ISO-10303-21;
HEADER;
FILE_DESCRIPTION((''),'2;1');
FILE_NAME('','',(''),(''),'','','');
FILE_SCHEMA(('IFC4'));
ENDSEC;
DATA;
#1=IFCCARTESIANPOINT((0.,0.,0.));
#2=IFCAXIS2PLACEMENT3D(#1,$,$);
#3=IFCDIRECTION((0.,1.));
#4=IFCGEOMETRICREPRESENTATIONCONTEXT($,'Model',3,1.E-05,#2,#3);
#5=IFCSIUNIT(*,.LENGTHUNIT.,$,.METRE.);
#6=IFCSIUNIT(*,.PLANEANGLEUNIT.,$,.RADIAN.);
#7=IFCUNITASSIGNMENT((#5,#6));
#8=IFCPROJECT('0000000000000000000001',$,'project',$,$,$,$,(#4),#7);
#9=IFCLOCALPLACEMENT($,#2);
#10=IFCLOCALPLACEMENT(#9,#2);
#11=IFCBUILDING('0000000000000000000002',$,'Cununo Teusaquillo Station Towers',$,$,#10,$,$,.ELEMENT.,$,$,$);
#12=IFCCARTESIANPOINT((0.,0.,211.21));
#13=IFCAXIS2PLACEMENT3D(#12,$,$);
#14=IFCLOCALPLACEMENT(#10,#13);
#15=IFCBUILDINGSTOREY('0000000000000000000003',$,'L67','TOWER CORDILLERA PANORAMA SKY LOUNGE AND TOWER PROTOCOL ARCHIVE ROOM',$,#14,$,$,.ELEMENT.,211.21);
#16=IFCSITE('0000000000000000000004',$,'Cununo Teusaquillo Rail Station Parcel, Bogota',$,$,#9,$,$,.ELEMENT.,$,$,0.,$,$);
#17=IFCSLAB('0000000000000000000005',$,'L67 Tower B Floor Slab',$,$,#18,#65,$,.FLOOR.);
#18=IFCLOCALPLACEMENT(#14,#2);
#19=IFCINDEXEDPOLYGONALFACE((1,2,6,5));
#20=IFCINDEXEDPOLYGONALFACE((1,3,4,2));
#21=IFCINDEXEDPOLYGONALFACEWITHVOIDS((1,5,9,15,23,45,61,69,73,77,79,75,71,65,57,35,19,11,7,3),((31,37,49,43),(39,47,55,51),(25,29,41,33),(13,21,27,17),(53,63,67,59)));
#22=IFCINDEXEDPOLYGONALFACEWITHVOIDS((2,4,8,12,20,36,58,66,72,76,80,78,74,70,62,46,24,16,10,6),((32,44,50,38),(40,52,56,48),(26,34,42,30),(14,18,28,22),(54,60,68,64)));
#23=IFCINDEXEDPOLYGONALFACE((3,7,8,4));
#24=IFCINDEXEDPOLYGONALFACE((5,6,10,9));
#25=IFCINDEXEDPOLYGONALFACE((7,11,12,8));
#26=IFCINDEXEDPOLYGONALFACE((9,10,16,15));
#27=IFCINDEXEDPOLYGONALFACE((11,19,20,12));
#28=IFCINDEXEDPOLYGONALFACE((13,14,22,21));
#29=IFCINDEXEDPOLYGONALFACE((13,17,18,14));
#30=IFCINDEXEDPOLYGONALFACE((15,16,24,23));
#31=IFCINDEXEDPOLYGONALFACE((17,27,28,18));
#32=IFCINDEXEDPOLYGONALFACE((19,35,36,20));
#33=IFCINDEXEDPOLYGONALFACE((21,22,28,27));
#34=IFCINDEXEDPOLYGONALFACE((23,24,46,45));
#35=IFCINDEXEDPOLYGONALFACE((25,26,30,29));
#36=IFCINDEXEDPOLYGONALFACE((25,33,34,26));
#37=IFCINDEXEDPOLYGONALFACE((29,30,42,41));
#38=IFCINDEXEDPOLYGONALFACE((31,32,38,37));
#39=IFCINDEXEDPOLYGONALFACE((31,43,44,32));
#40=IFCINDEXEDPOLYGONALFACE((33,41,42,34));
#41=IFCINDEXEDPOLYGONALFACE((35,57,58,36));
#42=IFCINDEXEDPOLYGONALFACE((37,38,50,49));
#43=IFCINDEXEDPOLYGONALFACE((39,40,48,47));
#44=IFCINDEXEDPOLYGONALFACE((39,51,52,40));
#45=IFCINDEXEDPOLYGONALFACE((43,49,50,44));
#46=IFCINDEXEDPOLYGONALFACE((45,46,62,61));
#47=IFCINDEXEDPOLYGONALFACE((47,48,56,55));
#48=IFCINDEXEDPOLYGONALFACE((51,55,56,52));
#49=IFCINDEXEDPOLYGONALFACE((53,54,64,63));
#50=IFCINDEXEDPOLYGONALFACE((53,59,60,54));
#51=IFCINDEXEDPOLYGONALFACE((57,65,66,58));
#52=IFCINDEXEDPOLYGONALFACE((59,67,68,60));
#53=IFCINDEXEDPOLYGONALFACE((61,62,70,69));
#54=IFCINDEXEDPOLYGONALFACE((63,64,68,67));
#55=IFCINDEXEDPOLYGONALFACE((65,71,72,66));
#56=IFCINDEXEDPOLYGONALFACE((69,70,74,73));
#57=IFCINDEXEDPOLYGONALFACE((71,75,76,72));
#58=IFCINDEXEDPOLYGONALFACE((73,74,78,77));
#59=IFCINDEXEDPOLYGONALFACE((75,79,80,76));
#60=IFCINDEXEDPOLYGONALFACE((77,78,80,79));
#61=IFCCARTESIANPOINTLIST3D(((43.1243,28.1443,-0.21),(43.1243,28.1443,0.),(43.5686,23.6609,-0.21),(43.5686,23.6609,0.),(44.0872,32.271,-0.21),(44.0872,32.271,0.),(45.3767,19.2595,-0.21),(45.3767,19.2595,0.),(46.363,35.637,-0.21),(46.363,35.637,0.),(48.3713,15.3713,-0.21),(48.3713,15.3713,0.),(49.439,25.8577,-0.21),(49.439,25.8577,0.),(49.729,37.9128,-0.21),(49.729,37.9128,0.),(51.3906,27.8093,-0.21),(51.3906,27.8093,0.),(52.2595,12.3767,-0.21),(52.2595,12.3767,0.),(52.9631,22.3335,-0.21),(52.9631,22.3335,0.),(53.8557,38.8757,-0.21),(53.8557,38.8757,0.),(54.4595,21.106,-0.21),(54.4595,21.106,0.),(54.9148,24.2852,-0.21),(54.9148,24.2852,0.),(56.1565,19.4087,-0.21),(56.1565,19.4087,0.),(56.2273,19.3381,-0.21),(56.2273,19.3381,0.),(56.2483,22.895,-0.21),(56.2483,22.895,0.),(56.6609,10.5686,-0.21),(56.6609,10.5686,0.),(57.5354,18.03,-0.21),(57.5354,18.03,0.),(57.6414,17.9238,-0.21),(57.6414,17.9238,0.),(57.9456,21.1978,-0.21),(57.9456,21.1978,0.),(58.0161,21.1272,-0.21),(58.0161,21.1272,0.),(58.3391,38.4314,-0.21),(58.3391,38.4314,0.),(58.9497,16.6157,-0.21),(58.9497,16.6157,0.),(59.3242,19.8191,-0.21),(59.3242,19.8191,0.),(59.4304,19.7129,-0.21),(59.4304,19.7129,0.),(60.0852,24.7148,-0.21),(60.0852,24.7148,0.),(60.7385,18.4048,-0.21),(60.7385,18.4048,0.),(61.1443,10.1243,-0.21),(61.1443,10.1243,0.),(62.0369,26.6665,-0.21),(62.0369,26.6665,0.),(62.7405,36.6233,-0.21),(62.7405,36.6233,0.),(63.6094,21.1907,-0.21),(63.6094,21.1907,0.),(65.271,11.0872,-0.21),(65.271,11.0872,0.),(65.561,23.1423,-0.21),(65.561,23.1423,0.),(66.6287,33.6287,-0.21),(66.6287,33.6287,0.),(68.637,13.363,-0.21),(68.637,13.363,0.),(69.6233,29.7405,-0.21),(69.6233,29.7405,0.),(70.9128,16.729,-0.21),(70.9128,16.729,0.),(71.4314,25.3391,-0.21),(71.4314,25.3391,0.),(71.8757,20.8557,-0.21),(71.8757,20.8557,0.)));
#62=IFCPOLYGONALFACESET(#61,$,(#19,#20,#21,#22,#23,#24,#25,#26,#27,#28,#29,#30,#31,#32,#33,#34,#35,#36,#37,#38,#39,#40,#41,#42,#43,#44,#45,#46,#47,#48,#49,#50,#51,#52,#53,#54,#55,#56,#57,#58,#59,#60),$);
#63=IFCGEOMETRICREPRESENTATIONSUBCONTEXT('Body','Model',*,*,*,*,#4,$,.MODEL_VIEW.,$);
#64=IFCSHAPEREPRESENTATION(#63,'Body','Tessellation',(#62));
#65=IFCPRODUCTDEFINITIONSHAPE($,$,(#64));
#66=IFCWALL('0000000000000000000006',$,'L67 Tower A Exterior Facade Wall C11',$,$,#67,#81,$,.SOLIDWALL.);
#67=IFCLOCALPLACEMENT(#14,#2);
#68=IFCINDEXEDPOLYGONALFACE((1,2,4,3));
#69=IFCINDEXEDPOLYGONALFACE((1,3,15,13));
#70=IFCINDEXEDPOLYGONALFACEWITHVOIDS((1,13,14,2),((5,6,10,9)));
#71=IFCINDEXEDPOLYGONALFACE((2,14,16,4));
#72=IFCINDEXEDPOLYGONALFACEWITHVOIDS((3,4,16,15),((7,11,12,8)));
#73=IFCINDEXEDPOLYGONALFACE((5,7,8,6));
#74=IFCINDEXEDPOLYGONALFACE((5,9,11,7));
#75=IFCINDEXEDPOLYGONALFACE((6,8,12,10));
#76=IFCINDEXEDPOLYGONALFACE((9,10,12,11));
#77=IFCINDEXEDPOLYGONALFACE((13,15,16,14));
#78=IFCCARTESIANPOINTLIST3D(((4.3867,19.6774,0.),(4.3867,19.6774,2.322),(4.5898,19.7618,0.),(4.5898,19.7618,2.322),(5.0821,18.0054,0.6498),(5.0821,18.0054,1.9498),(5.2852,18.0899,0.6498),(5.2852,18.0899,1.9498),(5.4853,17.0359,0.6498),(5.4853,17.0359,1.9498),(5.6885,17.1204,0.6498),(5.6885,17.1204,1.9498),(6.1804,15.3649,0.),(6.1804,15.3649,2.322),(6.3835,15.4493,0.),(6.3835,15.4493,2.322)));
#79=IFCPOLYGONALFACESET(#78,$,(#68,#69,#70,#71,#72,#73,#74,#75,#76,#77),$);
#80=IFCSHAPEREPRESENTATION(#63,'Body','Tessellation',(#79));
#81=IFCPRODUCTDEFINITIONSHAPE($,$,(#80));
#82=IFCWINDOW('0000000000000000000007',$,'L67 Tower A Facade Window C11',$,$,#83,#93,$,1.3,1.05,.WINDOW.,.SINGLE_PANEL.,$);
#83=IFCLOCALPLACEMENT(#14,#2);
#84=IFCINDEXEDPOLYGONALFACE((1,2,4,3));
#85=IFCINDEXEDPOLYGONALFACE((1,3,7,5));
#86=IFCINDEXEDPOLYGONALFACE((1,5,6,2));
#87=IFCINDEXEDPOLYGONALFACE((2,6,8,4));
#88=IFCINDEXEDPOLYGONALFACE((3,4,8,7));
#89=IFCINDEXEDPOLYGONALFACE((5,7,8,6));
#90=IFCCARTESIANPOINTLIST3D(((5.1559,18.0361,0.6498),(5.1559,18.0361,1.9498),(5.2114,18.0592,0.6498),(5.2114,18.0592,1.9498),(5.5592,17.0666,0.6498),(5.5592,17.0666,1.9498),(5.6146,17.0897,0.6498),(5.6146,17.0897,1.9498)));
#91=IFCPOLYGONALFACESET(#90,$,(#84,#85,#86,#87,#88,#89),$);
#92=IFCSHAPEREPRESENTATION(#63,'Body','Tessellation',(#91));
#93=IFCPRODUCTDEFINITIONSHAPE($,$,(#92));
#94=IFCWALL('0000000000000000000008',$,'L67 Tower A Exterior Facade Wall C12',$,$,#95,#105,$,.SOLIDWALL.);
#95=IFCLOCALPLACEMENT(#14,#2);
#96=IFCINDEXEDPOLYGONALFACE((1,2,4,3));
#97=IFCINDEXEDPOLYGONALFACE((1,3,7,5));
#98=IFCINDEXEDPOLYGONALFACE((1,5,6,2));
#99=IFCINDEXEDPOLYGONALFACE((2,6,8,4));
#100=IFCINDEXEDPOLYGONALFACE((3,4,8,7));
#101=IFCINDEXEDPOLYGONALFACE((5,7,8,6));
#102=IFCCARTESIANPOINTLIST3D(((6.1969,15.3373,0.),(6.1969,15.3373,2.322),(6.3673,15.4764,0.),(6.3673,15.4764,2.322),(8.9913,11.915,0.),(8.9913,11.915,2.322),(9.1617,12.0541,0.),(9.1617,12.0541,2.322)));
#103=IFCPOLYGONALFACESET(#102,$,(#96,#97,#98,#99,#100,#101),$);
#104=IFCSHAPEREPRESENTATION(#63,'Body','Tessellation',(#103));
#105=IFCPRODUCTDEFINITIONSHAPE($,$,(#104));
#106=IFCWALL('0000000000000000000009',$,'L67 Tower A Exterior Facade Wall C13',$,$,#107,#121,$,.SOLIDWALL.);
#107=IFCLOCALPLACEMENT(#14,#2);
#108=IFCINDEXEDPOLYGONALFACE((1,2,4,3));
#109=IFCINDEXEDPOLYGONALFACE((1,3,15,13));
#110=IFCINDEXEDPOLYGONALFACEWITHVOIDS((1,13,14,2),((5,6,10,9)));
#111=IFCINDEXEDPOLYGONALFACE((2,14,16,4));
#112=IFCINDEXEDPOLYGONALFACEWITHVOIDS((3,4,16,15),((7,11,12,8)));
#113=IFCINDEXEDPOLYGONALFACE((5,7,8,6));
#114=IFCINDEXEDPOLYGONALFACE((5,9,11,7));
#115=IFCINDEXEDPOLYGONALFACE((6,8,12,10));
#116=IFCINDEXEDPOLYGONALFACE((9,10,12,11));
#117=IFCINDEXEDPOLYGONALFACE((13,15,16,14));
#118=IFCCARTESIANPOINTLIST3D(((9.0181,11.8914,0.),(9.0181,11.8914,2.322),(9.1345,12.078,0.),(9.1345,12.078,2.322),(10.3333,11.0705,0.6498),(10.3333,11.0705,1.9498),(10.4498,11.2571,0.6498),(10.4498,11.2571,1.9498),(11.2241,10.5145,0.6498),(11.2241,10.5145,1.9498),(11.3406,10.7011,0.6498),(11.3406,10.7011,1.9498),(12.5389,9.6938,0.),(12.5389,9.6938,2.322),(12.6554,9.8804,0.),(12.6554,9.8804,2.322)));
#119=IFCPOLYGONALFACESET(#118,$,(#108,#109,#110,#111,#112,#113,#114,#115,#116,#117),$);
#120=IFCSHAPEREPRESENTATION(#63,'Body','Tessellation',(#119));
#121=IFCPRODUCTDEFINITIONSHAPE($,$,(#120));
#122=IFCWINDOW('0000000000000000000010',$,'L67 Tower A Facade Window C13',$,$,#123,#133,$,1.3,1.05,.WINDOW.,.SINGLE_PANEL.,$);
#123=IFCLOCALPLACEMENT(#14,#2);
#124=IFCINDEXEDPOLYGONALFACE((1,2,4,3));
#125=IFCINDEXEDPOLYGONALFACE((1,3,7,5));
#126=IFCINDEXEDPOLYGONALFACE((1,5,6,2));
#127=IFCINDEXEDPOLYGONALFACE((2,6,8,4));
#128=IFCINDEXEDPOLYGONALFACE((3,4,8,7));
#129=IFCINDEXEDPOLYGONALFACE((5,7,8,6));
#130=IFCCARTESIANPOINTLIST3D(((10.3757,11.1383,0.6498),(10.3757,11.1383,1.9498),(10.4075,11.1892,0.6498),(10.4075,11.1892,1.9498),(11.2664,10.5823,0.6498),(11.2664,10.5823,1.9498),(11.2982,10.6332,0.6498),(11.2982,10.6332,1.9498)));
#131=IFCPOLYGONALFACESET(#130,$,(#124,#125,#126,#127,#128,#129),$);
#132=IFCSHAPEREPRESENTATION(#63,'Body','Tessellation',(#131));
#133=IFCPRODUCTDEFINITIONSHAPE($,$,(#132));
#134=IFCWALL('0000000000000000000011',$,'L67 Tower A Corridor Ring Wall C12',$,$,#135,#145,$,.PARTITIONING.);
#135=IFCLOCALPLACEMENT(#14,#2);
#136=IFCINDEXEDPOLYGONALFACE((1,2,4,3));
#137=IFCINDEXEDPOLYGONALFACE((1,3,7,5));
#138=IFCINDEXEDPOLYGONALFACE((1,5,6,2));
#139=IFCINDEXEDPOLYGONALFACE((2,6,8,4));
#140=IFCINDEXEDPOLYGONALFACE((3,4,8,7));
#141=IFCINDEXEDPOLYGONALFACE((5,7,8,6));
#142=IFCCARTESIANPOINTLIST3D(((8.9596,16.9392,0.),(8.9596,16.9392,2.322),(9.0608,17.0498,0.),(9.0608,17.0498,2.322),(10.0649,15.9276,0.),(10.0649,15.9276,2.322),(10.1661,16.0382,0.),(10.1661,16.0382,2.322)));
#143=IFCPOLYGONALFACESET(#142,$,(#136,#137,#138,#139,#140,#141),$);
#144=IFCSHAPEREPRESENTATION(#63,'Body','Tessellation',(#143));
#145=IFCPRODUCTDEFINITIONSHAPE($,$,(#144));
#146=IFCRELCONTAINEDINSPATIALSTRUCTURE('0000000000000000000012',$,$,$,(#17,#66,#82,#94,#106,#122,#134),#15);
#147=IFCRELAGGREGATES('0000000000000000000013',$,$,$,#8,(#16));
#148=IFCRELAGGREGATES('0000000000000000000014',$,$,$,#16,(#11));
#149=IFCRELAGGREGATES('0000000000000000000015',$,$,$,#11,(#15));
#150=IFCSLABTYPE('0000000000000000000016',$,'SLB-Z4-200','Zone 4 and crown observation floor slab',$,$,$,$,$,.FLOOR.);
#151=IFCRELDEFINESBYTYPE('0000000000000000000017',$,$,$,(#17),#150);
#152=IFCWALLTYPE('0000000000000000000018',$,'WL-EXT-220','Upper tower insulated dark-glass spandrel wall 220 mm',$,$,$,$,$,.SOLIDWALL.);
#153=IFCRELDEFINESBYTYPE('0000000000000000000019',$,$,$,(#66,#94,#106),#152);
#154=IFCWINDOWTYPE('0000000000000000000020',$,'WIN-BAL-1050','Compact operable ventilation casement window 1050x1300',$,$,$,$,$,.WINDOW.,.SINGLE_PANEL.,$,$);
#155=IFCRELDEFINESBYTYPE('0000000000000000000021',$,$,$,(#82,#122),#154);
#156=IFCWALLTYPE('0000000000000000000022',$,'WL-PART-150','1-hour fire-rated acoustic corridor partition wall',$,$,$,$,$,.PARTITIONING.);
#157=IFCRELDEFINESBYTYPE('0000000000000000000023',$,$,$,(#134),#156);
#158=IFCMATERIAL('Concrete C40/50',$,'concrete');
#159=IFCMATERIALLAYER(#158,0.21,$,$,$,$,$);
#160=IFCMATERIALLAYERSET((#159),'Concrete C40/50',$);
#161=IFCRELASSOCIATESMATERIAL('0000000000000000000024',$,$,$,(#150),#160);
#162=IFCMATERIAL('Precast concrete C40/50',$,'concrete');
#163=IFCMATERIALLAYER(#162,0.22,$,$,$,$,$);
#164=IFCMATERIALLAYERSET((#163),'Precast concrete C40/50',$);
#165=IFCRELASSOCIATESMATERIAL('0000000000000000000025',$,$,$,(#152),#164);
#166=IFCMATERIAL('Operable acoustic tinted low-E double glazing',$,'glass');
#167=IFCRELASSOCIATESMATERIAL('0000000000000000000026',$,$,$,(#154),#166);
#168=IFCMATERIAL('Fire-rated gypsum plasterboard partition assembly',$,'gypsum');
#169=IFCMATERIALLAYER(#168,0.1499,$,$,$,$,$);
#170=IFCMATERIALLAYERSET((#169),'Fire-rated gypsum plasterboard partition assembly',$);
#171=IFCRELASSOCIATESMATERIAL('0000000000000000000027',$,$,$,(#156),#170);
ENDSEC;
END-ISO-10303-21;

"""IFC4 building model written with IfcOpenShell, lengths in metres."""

from ifc_helpers import new_model, si_unit, direction, frame, frame_2d, origin, place, context, subcontext, project, spatial, polyline, rectangle, outline, extrude, source, transform, mapped, material, layer, layer_set, type_object, element, fill, save


model = new_model("IFC4")

# Units and contexts
model_context = context("Model", 3, precision=1e-05, world=origin(), true_north=direction((0.0, 1.0)))
body_context = subcontext(model_context, "Body", "Model", "MODEL_VIEW")
ifc_project = project(units=[si_unit("LENGTHUNIT", "METRE"), si_unit("PLANEANGLEUNIT", "RADIAN")], contexts=[model_context])

# Site, building, storey
site_placement = place(None, origin())
site = spatial("IfcSite", under=ifc_project, at=site_placement, Name="Cununo Teusaquillo Rail Station Parcel, Bogota", CompositionType="ELEMENT", RefElevation=0.0)
building_placement = place(site_placement, origin())
building = spatial("IfcBuilding", under=site, at=building_placement, Name="Cununo Teusaquillo Station Towers", CompositionType="ELEMENT")
storey_placement = place(building_placement, frame((0.0, 0.0, 211.21)))
storey = spatial("IfcBuildingStorey", under=building, at=storey_placement, Name="L67", Description="TOWER CORDILLERA PANORAMA SKY LOUNGE AND TOWER PROTOCOL ARCHIVE ROOM", CompositionType="ELEMENT", Elevation=211.21)

# Slab
ifc_material_1 = material(Name="Concrete C40/50", Category="concrete")
ifc_layer_1 = layer(ifc_material_1, 0.21)
ifc_layer_set_1 = layer_set([ifc_layer_1], Name="Concrete C40/50")
slab_type_1 = type_object("IfcSlabType", Name="SLB-Z4-200", Description="Zone 4 and crown observation floor slab", PredefinedType="FLOOR", material=ifc_layer_set_1)
slab_1_placement = place(storey_placement, frame((0.0, 0.0, -0.21)))
element("IfcSlab", 1, at=slab_1_placement, inside=storey, type_object=slab_type_1, Name="L67 Tower B Floor Slab", PredefinedType="FLOOR", context=body_context, shape_type="SweptSolid", body=[
    extrude(outline(polyline([(66.6287, 33.6287), (62.7405, 36.6233), (58.3391, 38.4314), (53.8557, 38.8757), (49.729, 37.9128), (46.363, 35.637), (44.0872, 32.271), (43.1243, 28.1443), (43.5686, 23.6609), (45.3767, 19.2595), (48.3713, 15.3713), (52.2595, 12.3767), (56.6609, 10.5686), (61.1443, 10.1243), (65.271, 11.0872), (68.637, 13.363), (70.9128, 16.729), (71.8757, 20.8557), (71.4314, 25.3391), (69.6233, 29.7405), (66.6287, 33.6287)]), holes=[polyline([(54.9148, 24.2852), (51.3906, 27.8093), (49.439, 25.8577), (52.9631, 22.3335), (54.9148, 24.2852)]), polyline([(60.0852, 24.7148), (63.6094, 21.1907), (65.561, 23.1423), (62.0369, 26.6665), (60.0852, 24.7148)]), polyline([(56.1565, 19.4087), (57.9456, 21.1978), (56.2483, 22.895), (54.4595, 21.106), (56.1565, 19.4087)]), polyline([(58.9497, 16.6157), (60.7385, 18.4048), (59.4304, 19.7129), (57.6414, 17.9238), (58.9497, 16.6157)]), polyline([(57.5354, 18.03), (59.3242, 19.8191), (58.0161, 21.1272), (56.2273, 19.3381), (57.5354, 18.03)])]), origin(), (0.0, 0.0, 1.0), 0.21),
])

# Wall, opening, window
ifc_material_2 = material(Name="Precast concrete C40/50", Category="concrete")
ifc_layer_2 = layer(ifc_material_2, 0.22)
ifc_layer_set_2 = layer_set([ifc_layer_2], Name="Precast concrete C40/50")
wall_type_1 = type_object("IfcWallType", Name="WL-EXT-220", Description="Upper tower insulated dark-glass spandrel wall 220 mm", PredefinedType="SOLIDWALL", material=ifc_layer_set_2)
wall_1_placement = place(storey_placement, frame((6.282, 15.407, 0.0), z_axis=(0.0, 0.0, 1.0), x_axis=(-0.384036, 0.923318, 0.0)))
wall_1 = element("IfcWall", 2, at=wall_1_placement, inside=storey, type_object=wall_type_1, Name="L67 Tower A Exterior Facade Wall C11", PredefinedType="SOLIDWALL", context=body_context, shape_type="SweptSolid", body=[
    extrude(rectangle(XDim=4.6707, YDim=0.22, at=frame_2d((2.3354, 0.0))), origin(), (0.0, 0.0, 1.0), 2.322),
])
shared_shape_1 = source(origin(), body_context, "Body", "SweptSolid", [
    extrude(rectangle(XDim=1.05, YDim=1.3, at=frame_2d((0.5249, 0.6499))), frame((0.0, 0.1199, 0.0), z_axis=(0.0, -1.0, 0.0), x_axis=(1.0, 0.0, 0.0)), (0.0, 0.0, 1.0), 0.24),
])
opening_1_placement = place(wall_1_placement, frame((1.8101, 0.0, 0.6499)))
opening_1 = element("IfcOpeningElement", 3, at=opening_1_placement, cuts=wall_1, PredefinedType="OPENING", context=body_context, shape_type="MappedRepresentation", body=[
    mapped(shared_shape_1, transform((0.0, 0.0, 0.0), x_axis=(1.0, 0.0, 0.0), y_axis=(0.0, 1.0, 0.0), z_axis=(0.0, 0.0, 1.0), scale=1.0)),
])
ifc_material_3 = material(Name="Operable acoustic tinted low-E double glazing", Category="glass")
window_type = type_object("IfcWindowType", Name="WIN-BAL-1050", Description="Compact operable ventilation casement window 1050x1300", PartitioningType="SINGLE_PANEL", PredefinedType="WINDOW", material=ifc_material_3)
shared_shape_2 = source(origin(), body_context, "Body", "SweptSolid", [
    extrude(rectangle(XDim=1.05, YDim=1.3, at=frame_2d((0.5249, 0.6499))), frame((0.0, 0.03, 0.0), z_axis=(0.0, -1.0, 0.0), x_axis=(1.0, 0.0, 0.0)), (0.0, 0.0, 1.0), 0.0601),
])
window_1_placement = place(opening_1_placement, origin())
window_1 = element("IfcWindow", 4, at=window_1_placement, inside=storey, type_object=window_type, Name="L67 Tower A Facade Window C11", OverallHeight=1.3, OverallWidth=1.05, PartitioningType="SINGLE_PANEL", PredefinedType="WINDOW", context=body_context, shape_type="MappedRepresentation", body=[
    mapped(shared_shape_2, transform((0.0, 0.0, 0.0), x_axis=(1.0, 0.0, 0.0), y_axis=(0.0, 1.0, 0.0), z_axis=(0.0, 0.0, 1.0), scale=1.0)),
])
fill(opening_1, window_1)

# Wall
wall_2_placement = place(storey_placement, frame((9.0764, 11.9846, 0.0), z_axis=(0.0, 0.0, 1.0), x_axis=(-0.632467, 0.774587, 0.0)))
element("IfcWall", 5, at=wall_2_placement, inside=storey, type_object=wall_type_1, Name="L67 Tower A Exterior Facade Wall C12", PredefinedType="SOLIDWALL", context=body_context, shape_type="SweptSolid", body=[
    extrude(rectangle(XDim=4.4182, YDim=0.22, at=frame_2d((2.209, 0.0))), origin(), (0.0, 0.0, 1.0), 2.322),
])

# Wall, opening, window
wall_3_placement = place(storey_placement, frame((12.5972, 9.7871, 0.0), z_axis=(0.0, 0.0, 1.0), x_axis=(-0.848319, 0.529486, 0.0)))
wall_3 = element("IfcWall", 6, at=wall_3_placement, inside=storey, type_object=wall_type_1, Name="L67 Tower A Exterior Facade Wall C13", PredefinedType="SOLIDWALL", context=body_context, shape_type="SweptSolid", body=[
    extrude(rectangle(XDim=4.1504, YDim=0.22, at=frame_2d((2.0752, 0.0))), origin(), (0.0, 0.0, 1.0), 2.322),
])
opening_2_placement = place(wall_3_placement, frame((1.55, 0.0, 0.6499)))
opening_2 = element("IfcOpeningElement", 7, at=opening_2_placement, cuts=wall_3, PredefinedType="OPENING", context=body_context, shape_type="MappedRepresentation", body=[
    mapped(shared_shape_1, transform((0.0, 0.0, 0.0), x_axis=(1.0, 0.0, 0.0), y_axis=(0.0, 1.0, 0.0), z_axis=(0.0, 0.0, 1.0), scale=1.0)),
])
window_2_placement = place(opening_2_placement, origin())
window_2 = element("IfcWindow", 8, at=window_2_placement, inside=storey, type_object=window_type, Name="L67 Tower A Facade Window C13", OverallHeight=1.3, OverallWidth=1.05, PartitioningType="SINGLE_PANEL", PredefinedType="WINDOW", context=body_context, shape_type="MappedRepresentation", body=[
    mapped(shared_shape_2, transform((0.0, 0.0, 0.0), x_axis=(1.0, 0.0, 0.0), y_axis=(0.0, 1.0, 0.0), z_axis=(0.0, 0.0, 1.0), scale=1.0)),
])
fill(opening_2, window_2)

# Wall
ifc_material_4 = material(Name="Fire-rated gypsum plasterboard partition assembly", Category="gypsum")
ifc_layer_3 = layer(ifc_material_4, 0.1499)
ifc_layer_set_3 = layer_set([ifc_layer_3], Name="Fire-rated gypsum plasterboard partition assembly")
wall_type_2 = type_object("IfcWallType", Name="WL-PART-150", Description="1-hour fire-rated acoustic corridor partition wall", PredefinedType="PARTITIONING", material=ifc_layer_set_3)
wall_4_placement = place(storey_placement, frame((9.0103, 16.9944, 0.0), z_axis=(0.0, 0.0, 1.0), x_axis=(0.737702, -0.675127, 0.0)))
element("IfcWall", 9, at=wall_4_placement, inside=storey, type_object=wall_type_2, Name="L67 Tower A Corridor Ring Wall C12", PredefinedType="PARTITIONING", context=body_context, shape_type="SweptSolid", body=[
    extrude(rectangle(XDim=1.4983, YDim=0.1499, at=frame_2d((0.749, 0.0))), origin(), (0.0, 0.0, 1.0), 2.322),
])

save(model, "model.ifc")
